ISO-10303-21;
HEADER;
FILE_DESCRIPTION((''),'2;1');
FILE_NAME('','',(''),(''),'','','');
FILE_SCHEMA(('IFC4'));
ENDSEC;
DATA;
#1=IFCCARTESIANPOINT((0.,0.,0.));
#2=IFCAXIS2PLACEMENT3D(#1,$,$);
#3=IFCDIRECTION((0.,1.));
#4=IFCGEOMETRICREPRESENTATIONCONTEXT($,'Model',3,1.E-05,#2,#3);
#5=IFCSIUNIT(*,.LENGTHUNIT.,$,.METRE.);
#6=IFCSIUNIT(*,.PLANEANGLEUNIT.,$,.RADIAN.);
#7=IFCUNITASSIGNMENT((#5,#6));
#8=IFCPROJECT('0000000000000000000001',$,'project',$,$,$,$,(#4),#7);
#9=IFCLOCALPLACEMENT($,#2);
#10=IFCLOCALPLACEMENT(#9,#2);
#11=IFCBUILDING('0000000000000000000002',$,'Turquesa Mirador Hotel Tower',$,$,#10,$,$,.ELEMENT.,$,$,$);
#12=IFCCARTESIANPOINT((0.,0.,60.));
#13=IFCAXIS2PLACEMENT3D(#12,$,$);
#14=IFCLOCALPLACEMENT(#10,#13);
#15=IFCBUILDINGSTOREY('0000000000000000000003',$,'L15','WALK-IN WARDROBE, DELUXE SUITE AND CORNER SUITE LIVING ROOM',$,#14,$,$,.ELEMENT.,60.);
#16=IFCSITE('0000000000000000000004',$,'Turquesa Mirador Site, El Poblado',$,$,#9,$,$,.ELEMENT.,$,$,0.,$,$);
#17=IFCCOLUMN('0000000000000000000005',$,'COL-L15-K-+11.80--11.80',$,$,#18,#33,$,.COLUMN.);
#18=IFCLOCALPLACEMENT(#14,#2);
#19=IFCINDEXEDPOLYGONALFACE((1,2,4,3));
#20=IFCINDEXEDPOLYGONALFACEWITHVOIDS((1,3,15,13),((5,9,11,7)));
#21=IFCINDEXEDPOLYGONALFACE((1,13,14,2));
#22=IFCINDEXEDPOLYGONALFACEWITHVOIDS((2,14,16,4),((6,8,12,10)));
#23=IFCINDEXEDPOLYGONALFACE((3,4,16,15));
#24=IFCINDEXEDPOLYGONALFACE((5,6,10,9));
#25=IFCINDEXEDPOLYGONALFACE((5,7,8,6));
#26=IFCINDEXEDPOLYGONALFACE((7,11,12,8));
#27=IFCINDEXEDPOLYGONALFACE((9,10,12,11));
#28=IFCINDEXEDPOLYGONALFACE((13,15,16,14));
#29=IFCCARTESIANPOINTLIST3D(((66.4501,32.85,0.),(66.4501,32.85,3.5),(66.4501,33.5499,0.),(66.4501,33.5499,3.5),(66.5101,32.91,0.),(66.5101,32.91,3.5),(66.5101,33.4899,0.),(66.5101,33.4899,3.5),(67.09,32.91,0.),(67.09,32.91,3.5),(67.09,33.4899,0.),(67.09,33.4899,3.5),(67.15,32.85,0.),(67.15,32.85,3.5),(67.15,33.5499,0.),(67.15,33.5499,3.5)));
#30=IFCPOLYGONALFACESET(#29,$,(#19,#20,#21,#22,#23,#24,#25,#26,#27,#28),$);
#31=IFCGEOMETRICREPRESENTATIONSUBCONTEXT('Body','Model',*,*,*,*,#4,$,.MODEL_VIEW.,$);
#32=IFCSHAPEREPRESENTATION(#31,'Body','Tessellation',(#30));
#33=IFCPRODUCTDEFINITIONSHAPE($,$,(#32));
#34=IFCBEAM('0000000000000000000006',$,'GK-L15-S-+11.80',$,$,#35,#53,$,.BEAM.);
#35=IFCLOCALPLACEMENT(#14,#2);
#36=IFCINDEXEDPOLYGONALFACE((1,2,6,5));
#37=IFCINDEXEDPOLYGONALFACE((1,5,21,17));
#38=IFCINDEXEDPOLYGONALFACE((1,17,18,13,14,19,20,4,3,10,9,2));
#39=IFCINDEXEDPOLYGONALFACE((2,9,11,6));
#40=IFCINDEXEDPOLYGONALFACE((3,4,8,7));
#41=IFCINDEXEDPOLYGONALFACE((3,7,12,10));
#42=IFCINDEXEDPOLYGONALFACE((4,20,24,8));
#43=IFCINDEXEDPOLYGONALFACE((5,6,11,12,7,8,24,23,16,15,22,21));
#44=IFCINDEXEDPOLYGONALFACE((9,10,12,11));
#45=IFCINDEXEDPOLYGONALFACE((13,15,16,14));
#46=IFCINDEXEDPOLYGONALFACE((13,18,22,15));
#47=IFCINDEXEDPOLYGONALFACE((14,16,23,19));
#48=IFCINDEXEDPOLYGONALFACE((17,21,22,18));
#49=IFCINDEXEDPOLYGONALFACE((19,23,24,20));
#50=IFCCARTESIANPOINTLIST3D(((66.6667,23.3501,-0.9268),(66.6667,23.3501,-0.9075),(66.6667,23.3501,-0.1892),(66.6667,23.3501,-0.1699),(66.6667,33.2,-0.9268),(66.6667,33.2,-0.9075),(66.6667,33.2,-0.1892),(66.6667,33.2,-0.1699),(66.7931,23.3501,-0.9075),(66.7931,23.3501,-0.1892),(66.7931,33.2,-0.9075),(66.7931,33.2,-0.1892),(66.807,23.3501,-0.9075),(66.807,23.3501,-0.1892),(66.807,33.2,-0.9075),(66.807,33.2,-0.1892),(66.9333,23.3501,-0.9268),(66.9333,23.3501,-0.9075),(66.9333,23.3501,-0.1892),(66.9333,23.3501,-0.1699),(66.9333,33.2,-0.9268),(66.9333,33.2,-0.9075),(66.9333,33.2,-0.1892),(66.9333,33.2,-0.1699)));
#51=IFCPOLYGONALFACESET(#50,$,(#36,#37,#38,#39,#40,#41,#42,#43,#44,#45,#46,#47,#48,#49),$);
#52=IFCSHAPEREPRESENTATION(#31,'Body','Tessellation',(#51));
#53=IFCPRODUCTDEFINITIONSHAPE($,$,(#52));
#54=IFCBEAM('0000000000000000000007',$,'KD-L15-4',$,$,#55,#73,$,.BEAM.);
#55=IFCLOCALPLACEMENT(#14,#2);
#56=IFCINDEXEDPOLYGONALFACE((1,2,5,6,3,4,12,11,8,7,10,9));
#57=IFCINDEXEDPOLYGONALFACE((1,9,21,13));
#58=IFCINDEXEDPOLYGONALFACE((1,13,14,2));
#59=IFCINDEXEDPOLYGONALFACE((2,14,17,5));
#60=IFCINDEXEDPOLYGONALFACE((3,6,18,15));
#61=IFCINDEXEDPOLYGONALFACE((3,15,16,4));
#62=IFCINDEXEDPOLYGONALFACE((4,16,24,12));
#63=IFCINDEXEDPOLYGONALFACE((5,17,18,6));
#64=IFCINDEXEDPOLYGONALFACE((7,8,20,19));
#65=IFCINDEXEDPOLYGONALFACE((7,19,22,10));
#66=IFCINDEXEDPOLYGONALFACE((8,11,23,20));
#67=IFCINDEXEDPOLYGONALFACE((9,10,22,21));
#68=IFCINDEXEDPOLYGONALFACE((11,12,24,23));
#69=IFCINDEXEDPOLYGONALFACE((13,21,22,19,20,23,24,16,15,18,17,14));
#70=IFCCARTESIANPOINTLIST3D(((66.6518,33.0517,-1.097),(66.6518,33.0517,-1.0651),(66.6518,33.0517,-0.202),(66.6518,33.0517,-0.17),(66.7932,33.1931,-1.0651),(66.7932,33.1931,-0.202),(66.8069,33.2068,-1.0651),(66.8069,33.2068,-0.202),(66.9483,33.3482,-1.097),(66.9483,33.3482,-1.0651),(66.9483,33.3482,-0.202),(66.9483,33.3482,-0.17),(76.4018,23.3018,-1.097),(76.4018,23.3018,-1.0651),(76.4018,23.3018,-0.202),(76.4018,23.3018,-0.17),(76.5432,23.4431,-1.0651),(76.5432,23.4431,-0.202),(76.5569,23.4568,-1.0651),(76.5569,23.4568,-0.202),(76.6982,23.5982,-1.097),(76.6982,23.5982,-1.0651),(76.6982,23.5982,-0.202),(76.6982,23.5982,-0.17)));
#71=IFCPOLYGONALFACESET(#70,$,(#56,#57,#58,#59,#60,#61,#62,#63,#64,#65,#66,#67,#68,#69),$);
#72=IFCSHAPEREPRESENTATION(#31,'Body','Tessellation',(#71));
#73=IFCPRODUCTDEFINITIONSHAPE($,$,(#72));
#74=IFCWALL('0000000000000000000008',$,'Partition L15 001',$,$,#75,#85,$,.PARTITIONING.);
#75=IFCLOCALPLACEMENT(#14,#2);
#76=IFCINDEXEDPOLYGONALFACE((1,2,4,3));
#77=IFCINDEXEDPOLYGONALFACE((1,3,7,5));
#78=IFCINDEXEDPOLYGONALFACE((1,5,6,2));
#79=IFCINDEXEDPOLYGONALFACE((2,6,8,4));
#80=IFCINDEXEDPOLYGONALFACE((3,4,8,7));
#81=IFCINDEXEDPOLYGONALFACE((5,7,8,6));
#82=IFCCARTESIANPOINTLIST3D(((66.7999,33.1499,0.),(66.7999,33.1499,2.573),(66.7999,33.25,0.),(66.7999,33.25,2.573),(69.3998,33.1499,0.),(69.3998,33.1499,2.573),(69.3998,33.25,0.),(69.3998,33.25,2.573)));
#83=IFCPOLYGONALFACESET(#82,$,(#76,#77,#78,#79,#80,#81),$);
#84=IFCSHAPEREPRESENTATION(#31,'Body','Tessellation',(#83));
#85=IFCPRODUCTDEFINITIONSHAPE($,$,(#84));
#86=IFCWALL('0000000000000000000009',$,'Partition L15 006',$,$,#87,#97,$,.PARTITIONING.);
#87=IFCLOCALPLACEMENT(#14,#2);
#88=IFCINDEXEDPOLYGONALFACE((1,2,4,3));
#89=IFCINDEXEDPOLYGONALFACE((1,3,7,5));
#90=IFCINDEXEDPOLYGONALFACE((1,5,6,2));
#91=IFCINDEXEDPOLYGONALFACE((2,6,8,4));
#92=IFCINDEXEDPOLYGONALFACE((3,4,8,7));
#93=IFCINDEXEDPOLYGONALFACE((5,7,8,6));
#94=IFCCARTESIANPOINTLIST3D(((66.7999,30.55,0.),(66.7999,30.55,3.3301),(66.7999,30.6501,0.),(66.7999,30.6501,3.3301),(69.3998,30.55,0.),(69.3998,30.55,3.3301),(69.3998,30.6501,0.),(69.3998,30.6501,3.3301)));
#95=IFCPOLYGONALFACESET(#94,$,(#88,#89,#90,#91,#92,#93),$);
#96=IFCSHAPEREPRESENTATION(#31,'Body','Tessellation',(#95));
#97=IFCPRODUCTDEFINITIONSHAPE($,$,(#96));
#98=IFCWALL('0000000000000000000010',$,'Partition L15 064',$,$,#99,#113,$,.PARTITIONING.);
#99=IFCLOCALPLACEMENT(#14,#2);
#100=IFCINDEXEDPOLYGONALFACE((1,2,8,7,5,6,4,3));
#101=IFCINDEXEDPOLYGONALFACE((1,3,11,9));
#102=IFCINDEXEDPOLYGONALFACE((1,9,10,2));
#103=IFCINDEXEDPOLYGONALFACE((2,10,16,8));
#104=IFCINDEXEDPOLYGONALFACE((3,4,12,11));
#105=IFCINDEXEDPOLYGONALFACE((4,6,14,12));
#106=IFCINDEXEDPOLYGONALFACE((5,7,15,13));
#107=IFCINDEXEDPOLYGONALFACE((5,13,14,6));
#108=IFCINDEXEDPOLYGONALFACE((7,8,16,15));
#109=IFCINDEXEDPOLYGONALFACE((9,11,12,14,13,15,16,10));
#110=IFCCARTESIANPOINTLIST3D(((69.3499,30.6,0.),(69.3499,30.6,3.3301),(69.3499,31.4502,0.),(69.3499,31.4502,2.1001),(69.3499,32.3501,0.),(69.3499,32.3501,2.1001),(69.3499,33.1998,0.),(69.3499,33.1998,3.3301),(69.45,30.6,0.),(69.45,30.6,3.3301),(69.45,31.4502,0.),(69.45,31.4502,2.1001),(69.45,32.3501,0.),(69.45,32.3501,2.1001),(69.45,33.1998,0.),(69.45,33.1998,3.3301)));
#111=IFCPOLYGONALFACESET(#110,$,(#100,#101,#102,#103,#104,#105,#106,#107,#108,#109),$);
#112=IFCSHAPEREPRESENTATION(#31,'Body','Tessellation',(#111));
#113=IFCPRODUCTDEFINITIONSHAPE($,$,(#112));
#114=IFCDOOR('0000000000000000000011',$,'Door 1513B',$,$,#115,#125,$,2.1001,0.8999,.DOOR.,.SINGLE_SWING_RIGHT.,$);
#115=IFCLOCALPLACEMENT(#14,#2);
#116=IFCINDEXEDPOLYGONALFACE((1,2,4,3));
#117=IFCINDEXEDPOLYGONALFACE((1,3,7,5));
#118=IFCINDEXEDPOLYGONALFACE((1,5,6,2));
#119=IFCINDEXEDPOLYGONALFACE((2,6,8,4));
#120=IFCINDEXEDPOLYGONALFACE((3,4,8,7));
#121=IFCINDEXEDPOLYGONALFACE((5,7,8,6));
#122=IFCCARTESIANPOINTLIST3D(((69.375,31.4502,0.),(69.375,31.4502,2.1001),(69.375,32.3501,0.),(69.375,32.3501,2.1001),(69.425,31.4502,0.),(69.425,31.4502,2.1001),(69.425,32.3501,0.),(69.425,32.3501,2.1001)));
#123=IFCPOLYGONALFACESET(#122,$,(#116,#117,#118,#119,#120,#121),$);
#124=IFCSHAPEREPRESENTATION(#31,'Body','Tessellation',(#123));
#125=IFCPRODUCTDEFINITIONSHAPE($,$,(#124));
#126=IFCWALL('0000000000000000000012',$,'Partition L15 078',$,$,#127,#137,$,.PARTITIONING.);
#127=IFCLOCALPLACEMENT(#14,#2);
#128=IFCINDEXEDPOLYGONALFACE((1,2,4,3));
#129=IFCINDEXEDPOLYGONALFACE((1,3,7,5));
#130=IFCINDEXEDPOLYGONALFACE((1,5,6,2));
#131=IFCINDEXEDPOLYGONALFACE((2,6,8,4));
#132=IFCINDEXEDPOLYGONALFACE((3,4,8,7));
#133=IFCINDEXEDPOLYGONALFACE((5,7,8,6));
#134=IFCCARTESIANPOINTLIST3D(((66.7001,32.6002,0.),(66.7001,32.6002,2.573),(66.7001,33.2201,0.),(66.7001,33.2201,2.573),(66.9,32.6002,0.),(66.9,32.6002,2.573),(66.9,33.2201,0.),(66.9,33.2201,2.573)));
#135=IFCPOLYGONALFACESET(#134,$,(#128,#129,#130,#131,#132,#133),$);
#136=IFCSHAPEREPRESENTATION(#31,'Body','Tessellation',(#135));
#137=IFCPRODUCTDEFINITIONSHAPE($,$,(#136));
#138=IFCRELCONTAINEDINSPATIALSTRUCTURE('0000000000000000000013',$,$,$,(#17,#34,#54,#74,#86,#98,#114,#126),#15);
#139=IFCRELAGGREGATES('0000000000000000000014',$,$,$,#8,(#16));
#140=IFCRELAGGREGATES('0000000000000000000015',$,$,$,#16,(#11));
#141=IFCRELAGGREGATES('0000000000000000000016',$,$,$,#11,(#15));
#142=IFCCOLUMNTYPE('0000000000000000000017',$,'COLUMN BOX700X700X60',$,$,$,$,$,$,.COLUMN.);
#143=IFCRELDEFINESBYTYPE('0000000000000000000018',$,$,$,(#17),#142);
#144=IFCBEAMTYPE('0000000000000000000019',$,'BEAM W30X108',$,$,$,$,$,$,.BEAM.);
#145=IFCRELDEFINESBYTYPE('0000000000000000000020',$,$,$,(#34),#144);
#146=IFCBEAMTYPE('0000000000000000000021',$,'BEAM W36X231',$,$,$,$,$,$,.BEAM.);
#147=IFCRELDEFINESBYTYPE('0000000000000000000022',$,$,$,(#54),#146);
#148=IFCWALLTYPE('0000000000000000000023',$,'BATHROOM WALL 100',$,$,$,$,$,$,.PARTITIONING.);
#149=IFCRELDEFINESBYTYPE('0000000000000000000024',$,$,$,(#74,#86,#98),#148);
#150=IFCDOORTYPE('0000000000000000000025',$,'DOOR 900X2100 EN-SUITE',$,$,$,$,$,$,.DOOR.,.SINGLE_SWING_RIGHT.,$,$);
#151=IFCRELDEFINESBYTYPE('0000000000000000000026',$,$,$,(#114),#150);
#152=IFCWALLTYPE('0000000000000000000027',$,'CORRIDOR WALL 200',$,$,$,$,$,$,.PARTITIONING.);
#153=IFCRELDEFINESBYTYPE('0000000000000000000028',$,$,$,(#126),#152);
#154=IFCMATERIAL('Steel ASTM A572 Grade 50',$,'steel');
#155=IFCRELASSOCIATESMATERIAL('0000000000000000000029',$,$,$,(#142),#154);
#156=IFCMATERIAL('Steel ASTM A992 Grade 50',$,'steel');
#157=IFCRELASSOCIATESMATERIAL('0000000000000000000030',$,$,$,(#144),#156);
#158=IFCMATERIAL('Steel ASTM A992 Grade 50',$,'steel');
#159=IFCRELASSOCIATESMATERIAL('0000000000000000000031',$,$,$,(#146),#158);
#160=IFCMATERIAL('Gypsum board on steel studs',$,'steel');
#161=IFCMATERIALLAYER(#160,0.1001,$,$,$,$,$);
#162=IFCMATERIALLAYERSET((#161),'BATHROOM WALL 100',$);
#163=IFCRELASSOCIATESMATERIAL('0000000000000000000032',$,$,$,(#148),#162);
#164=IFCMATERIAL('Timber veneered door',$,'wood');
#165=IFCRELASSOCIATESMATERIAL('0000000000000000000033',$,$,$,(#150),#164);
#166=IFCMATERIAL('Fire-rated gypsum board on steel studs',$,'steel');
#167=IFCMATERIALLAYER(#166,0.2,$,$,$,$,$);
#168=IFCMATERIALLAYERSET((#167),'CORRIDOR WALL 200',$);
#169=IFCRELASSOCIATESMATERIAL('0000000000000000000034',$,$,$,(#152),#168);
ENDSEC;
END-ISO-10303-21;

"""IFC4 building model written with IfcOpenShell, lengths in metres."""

from ifc_helpers import new_model, si_unit, direction, frame, frame_2d, origin, origin_2d, place, context, subcontext, project, spatial, rectangle, hollow_rectangle, i_section, extrude, material, layer, layer_set, material_profile, profile_set, type_object, element, fill, save


model = new_model("IFC4")

# Units and contexts
model_context = context("Model", 3, precision=1e-05, world=origin(), true_north=direction((0.0, 1.0)))
body_context = subcontext(model_context, "Body", "Model", "MODEL_VIEW")
ifc_project = project(units=[si_unit("LENGTHUNIT", "METRE"), si_unit("PLANEANGLEUNIT", "RADIAN")], contexts=[model_context])

# Site, building, storey
site_placement = place(None, origin())
site = spatial("IfcSite", under=ifc_project, at=site_placement, Name="Turquesa Mirador Site, El Poblado", CompositionType="ELEMENT", RefElevation=0.0)
building_placement = place(site_placement, origin())
building = spatial("IfcBuilding", under=site, at=building_placement, Name="Turquesa Mirador Hotel Tower", CompositionType="ELEMENT")
storey_placement = place(building_placement, frame((0.0, 0.0, 60.0)))
storey = spatial("IfcBuildingStorey", under=building, at=storey_placement, Name="L15", Description="WALK-IN WARDROBE, DELUXE SUITE AND CORNER SUITE LIVING ROOM", CompositionType="ELEMENT", Elevation=60.0)

# Column
ifc_material_1 = material(Name="Steel ASTM A572 Grade 50", Category="steel")
ifc_material_profile_1 = material_profile(ifc_material_1, hollow_rectangle(XDim=0.7, YDim=0.7, WallThickness=0.0601, at=origin_2d()), Name="BOX700X700X60")
ifc_profile_set_1 = profile_set([ifc_material_profile_1], Name="Steel ASTM A572 Grade 50")
column_type = type_object("IfcColumnType", Name="COLUMN BOX700X700X60", PredefinedType="COLUMN", material=ifc_profile_set_1)
column_placement = place(storey_placement, frame((66.8, 33.2, 0.0), z_axis=(0.0, 0.0, 1.0), x_axis=(1.0, 0.0, 0.0)))
element("IfcColumn", 1, at=column_placement, inside=storey, type_object=column_type, Name="COL-L15-K-+11.80--11.80", PredefinedType="COLUMN", context=body_context, shape_type="SweptSolid", body=[
    extrude(hollow_rectangle(XDim=0.7, YDim=0.7, WallThickness=0.0601, at=origin_2d()), origin(), (0.0, 0.0, 1.0), 3.5),
])

# Beams
ifc_material_2 = material(Name="Steel ASTM A992 Grade 50", Category="steel")
ifc_material_profile_2 = material_profile(ifc_material_2, i_section(OverallWidth=0.2666, OverallDepth=0.7568, WebThickness=0.0139, FlangeThickness=0.0193, at=origin_2d()), Name="W30X108")
ifc_profile_set_2 = profile_set([ifc_material_profile_2], Name="Steel ASTM A992 Grade 50")
beam_type_1 = type_object("IfcBeamType", Name="BEAM W30X108", PredefinedType="BEAM", material=ifc_profile_set_2)
beam_1_placement = place(storey_placement, frame((66.8, 23.3501, -0.5483), z_axis=(0.0, 1.0, 0.0), x_axis=(-1.0, 0.0, 0.0)))
element("IfcBeam", 2, at=beam_1_placement, inside=storey, type_object=beam_type_1, Name="GK-L15-S-+11.80", PredefinedType="BEAM", context=body_context, shape_type="SweptSolid", body=[
    extrude(i_section(OverallWidth=0.2666, OverallDepth=0.7568, WebThickness=0.0139, FlangeThickness=0.0193, at=origin_2d()), origin(), (0.0, 0.0, 1.0), 9.8499),
])
ifc_material_3 = material(Name="Steel ASTM A992 Grade 50", Category="steel")
ifc_material_profile_3 = material_profile(ifc_material_3, i_section(OverallWidth=0.4192, OverallDepth=0.927, WebThickness=0.0193, FlangeThickness=0.032, at=origin_2d()), Name="W36X231")
ifc_profile_set_3 = profile_set([ifc_material_profile_3], Name="Steel ASTM A992 Grade 50")
beam_type_2 = type_object("IfcBeamType", Name="BEAM W36X231", PredefinedType="BEAM", material=ifc_profile_set_3)
beam_2_placement = place(storey_placement, frame((66.8, 33.2, -0.6335), z_axis=(0.707107, -0.707107, 0.0), x_axis=(0.707107, 0.707107, 0.0)))
element("IfcBeam", 3, at=beam_2_placement, inside=storey, type_object=beam_type_2, Name="KD-L15-4", PredefinedType="BEAM", context=body_context, shape_type="SweptSolid", body=[
    extrude(i_section(OverallWidth=0.4192, OverallDepth=0.927, WebThickness=0.0193, FlangeThickness=0.032, at=origin_2d()), origin(), (0.0, 0.0, 1.0), 13.7886),
])

# Walls
ifc_material_4 = material(Name="Gypsum board on steel studs", Category="steel")
ifc_layer_1 = layer(ifc_material_4, 0.1001)
ifc_layer_set_1 = layer_set([ifc_layer_1], Name="BATHROOM WALL 100")
wall_type_1 = type_object("IfcWallType", Name="BATHROOM WALL 100", PredefinedType="PARTITIONING", material=ifc_layer_set_1)
wall_1_placement = place(storey_placement, frame((66.8, 33.2, 0.0), z_axis=(0.0, 0.0, 1.0), x_axis=(1.0, 0.0, 0.0)))
element("IfcWall", 4, at=wall_1_placement, inside=storey, type_object=wall_type_1, Name="Partition L15 001", PredefinedType="PARTITIONING", context=body_context, shape_type="SweptSolid", body=[
    extrude(rectangle(XDim=2.5999, YDim=0.1001, at=frame_2d((1.2998, 0.0))), origin(), (0.0, 0.0, 1.0), 2.573),
])
wall_2_placement = place(storey_placement, frame((66.8, 30.6001, 0.0), z_axis=(0.0, 0.0, 1.0), x_axis=(1.0, 0.0, 0.0)))
element("IfcWall", 5, at=wall_2_placement, inside=storey, type_object=wall_type_1, Name="Partition L15 006", PredefinedType="PARTITIONING", context=body_context, shape_type="SweptSolid", body=[
    extrude(rectangle(XDim=2.5999, YDim=0.1001, at=frame_2d((1.2998, 0.0))), origin(), (0.0, 0.0, 1.0), 3.3301),
])

# Wall, opening, door
wall_3_placement = place(storey_placement, frame((69.3999, 30.6001, 0.0), z_axis=(0.0, 0.0, 1.0), x_axis=(0.0, 1.0, 0.0)))
wall_3 = element("IfcWall", 6, at=wall_3_placement, inside=storey, type_object=wall_type_1, Name="Partition L15 064", PredefinedType="PARTITIONING", context=body_context, shape_type="SweptSolid", body=[
    extrude(rectangle(XDim=2.5999, YDim=0.1001, at=frame_2d((1.2998, 0.0))), origin(), (0.0, 0.0, 1.0), 3.3301),
])
opening_1_placement = place(wall_3_placement, frame((0.8501, 0.0, 0.0)))
opening_1 = element("IfcOpeningElement", 7, at=opening_1_placement, cuts=wall_3, PredefinedType="OPENING", context=body_context, shape_type="SweptSolid", body=[
    extrude(rectangle(XDim=0.8999, YDim=2.1001, at=frame_2d((0.45, 1.05))), frame((0.0, 0.0601, 0.0), z_axis=(0.0, -1.0, 0.0), x_axis=(1.0, 0.0, 0.0)), (0.0, 0.0, 1.0), 0.1201),
])
ifc_material_5 = material(Name="Timber veneered door", Category="wood")
door_type_1 = type_object("IfcDoorType", Name="DOOR 900X2100 EN-SUITE", OperationType="SINGLE_SWING_RIGHT", PredefinedType="DOOR", material=ifc_material_5)
door_1_placement = place(opening_1_placement, origin())
door_1 = element("IfcDoor", 8, at=door_1_placement, inside=storey, type_object=door_type_1, Name="Door 1513B", OperationType="SINGLE_SWING_RIGHT", OverallHeight=2.1001, OverallWidth=0.8999, PredefinedType="DOOR", context=body_context, shape_type="SweptSolid", body=[
    extrude(rectangle(XDim=0.8999, YDim=2.1001, at=frame_2d((0.45, 1.05))), frame((0.0, 0.0249, 0.0), z_axis=(0.0, -1.0, 0.0), x_axis=(1.0, 0.0, 0.0)), (0.0, 0.0, 1.0), 0.05),
])
fill(opening_1, door_1)

# Wall
ifc_material_6 = material(Name="Fire-rated gypsum board on steel studs", Category="steel")
ifc_layer_2 = layer(ifc_material_6, 0.2)
ifc_layer_set_2 = layer_set([ifc_layer_2], Name="CORRIDOR WALL 200")
wall_type_2 = type_object("IfcWallType", Name="CORRIDOR WALL 200", PredefinedType="PARTITIONING", material=ifc_layer_set_2)
wall_4_placement = place(storey_placement, frame((66.8, 32.6001, 0.0), z_axis=(0.0, 0.0, 1.0), x_axis=(0.0, 1.0, 0.0)))
element("IfcWall", 9, at=wall_4_placement, inside=storey, type_object=wall_type_2, Name="Partition L15 078", PredefinedType="PARTITIONING", context=body_context, shape_type="SweptSolid", body=[
    extrude(rectangle(XDim=0.6199, YDim=0.2, at=frame_2d((0.3101, 0.0))), origin(), (0.0, 0.0, 1.0), 2.573),
])

save(model, "model.ifc")
